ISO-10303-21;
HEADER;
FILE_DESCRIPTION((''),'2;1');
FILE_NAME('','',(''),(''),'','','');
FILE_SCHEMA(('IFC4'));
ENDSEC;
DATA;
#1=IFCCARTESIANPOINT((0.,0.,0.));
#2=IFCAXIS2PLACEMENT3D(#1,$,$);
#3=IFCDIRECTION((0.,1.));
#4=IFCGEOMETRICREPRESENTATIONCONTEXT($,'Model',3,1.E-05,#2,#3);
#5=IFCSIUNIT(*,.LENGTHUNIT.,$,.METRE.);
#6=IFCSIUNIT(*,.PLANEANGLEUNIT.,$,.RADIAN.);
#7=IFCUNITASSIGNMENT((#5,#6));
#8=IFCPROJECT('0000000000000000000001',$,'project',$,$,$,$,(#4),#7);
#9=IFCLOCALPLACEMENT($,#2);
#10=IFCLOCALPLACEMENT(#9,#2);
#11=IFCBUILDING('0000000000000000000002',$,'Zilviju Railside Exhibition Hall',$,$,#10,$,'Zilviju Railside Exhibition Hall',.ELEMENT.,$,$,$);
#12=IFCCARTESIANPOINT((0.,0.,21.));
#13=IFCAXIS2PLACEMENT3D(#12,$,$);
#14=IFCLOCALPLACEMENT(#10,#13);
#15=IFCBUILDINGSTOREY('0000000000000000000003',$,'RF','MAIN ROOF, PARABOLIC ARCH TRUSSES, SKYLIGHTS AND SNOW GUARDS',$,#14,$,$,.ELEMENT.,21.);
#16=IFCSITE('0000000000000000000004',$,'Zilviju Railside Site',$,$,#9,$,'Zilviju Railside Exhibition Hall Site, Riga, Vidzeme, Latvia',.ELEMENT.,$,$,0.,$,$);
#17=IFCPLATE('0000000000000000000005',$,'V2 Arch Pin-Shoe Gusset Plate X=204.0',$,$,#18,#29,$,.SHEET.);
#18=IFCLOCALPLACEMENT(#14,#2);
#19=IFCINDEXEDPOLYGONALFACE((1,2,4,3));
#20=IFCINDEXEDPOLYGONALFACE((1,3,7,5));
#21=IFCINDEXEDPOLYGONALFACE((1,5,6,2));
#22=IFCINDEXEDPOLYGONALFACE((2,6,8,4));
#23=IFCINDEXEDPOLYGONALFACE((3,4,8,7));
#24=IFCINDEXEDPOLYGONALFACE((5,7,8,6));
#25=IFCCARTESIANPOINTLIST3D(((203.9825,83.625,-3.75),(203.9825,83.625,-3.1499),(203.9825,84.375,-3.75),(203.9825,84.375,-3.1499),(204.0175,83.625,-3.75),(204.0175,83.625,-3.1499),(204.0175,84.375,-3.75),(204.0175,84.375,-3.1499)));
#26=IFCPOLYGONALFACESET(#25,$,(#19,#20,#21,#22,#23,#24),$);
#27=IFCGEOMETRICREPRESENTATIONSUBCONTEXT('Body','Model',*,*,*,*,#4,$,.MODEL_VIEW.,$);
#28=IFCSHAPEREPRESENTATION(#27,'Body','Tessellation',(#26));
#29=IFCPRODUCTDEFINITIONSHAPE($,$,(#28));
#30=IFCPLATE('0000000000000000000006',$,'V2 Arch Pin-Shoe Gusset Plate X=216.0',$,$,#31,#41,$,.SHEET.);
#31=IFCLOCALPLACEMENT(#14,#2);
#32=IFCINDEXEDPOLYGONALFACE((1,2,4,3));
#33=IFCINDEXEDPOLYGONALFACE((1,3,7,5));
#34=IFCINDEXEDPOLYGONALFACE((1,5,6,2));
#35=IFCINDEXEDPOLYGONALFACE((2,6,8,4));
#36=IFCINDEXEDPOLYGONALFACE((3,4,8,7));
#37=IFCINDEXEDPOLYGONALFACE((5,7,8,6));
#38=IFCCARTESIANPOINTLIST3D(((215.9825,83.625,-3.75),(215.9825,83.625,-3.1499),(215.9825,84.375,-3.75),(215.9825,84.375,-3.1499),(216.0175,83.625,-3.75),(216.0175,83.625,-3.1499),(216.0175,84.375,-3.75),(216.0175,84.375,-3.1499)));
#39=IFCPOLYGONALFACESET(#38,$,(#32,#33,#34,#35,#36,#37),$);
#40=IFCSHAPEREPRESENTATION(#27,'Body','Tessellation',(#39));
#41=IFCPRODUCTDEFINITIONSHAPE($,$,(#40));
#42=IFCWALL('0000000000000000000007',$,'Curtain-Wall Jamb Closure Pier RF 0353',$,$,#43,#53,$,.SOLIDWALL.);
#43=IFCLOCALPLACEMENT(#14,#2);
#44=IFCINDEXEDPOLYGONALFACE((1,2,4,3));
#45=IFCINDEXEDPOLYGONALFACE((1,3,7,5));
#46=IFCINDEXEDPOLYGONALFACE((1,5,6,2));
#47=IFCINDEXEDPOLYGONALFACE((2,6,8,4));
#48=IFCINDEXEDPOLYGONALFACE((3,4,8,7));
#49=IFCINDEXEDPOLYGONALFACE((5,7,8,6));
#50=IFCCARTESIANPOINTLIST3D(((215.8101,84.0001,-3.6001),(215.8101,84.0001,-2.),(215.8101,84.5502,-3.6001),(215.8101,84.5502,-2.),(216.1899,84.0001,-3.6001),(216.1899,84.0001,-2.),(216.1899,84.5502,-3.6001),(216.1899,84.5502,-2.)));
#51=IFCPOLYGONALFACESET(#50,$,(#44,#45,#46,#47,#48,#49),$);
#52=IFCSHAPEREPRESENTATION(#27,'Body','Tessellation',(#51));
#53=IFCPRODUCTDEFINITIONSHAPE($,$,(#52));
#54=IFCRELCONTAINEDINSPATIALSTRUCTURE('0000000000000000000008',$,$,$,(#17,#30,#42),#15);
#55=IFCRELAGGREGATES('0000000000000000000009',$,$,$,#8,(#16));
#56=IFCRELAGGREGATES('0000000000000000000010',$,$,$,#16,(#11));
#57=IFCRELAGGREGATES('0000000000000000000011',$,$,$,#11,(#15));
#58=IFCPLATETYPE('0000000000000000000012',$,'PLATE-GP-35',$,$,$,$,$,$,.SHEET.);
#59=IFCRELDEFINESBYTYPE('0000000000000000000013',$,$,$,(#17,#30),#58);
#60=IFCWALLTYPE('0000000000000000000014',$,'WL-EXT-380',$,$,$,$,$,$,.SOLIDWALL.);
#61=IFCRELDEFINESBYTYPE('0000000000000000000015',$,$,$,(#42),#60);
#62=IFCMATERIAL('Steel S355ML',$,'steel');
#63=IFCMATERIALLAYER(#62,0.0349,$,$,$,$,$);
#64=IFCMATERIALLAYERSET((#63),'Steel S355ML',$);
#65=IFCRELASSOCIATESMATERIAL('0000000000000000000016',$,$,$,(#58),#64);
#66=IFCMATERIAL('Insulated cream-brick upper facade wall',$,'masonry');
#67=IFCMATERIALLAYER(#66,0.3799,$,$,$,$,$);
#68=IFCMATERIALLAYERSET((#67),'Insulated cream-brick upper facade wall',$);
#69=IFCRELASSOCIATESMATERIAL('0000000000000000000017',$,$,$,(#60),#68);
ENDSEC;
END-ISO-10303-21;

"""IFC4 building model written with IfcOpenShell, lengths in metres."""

from ifc_helpers import new_model, si_unit, direction, frame, frame_2d, origin, origin_2d, place, context, subcontext, project, spatial, rectangle, extrude, material, layer, layer_set, type_object, element, save


model = new_model("IFC4")

# Units and contexts
model_context = context("Model", 3, precision=1e-05, world=origin(), true_north=direction((0.0, 1.0)))
body_context = subcontext(model_context, "Body", "Model", "MODEL_VIEW")
ifc_project = project(units=[si_unit("LENGTHUNIT", "METRE"), si_unit("PLANEANGLEUNIT", "RADIAN")], contexts=[model_context])

# Site, building, storey
site_placement = place(None, origin())
site = spatial("IfcSite", under=ifc_project, at=site_placement, Name="Zilviju Railside Site", LongName="Zilviju Railside Exhibition Hall Site, Riga, Vidzeme, Latvia", CompositionType="ELEMENT", RefElevation=0.0)
building_placement = place(site_placement, origin())
building = spatial("IfcBuilding", under=site, at=building_placement, Name="Zilviju Railside Exhibition Hall", LongName="Zilviju Railside Exhibition Hall", CompositionType="ELEMENT")
storey_placement = place(building_placement, frame((0.0, 0.0, 21.0)))
storey = spatial("IfcBuildingStorey", under=building, at=storey_placement, Name="RF", Description="MAIN ROOF, PARABOLIC ARCH TRUSSES, SKYLIGHTS AND SNOW GUARDS", CompositionType="ELEMENT", Elevation=21.0)

# Shared definitions
ifc_material_1 = material(Name="Steel S355ML", Category="steel")

# Plates
ifc_layer_1 = layer(ifc_material_1, 0.0349)
ifc_layer_set_1 = layer_set([ifc_layer_1], Name="Steel S355ML")
plate_type_1 = type_object("IfcPlateType", Name="PLATE-GP-35", PredefinedType="SHEET", material=ifc_layer_set_1)
for number, where, z_axis, x_axis, name in (
    (1, (204.0, 84.0, -3.75), (0.0, 0.0, 1.0), (1.0, 0.0, 0.0), "V2 Arch Pin-Shoe Gusset Plate X=204.0"),
    (2, (216.0, 84.0, -3.75), (0.0, 0.0, 1.0), (1.0, 0.0, 0.0), "V2 Arch Pin-Shoe Gusset Plate X=216.0"),
):
    element("IfcPlate", number, at=place(storey_placement, frame(where, z_axis=z_axis, x_axis=x_axis)), inside=storey, type_object=plate_type_1, Name=name, PredefinedType="SHEET", context=body_context, shape_type="SweptSolid", body=[
        extrude(rectangle(XDim=0.0349, YDim=0.75, at=origin_2d()), origin(), (0.0, 0.0, 1.0), 0.6001),
    ])

# Wall
ifc_material_2 = material(Name="Insulated cream-brick upper facade wall", Category="masonry")
ifc_layer_2 = layer(ifc_material_2, 0.3799)
ifc_layer_set_2 = layer_set([ifc_layer_2], Name="Insulated cream-brick upper facade wall")
wall_type = type_object("IfcWallType", Name="WL-EXT-380", PredefinedType="SOLIDWALL", material=ifc_layer_set_2)
wall_placement = place(storey_placement, frame((216.0, 84.55, -3.6001), z_axis=(0.0, 0.0, 1.0), x_axis=(0.0, -1.0, 0.0)))
element("IfcWall", 3, at=wall_placement, inside=storey, type_object=wall_type, Name="Curtain-Wall Jamb Closure Pier RF 0353", PredefinedType="SOLIDWALL", context=body_context, shape_type="SweptSolid", body=[
    extrude(rectangle(XDim=0.55, YDim=0.3799, at=frame_2d((0.2749, 0.0))), origin(), (0.0, 0.0, 1.0), 1.6001),
])

save(model, "model.ifc")
